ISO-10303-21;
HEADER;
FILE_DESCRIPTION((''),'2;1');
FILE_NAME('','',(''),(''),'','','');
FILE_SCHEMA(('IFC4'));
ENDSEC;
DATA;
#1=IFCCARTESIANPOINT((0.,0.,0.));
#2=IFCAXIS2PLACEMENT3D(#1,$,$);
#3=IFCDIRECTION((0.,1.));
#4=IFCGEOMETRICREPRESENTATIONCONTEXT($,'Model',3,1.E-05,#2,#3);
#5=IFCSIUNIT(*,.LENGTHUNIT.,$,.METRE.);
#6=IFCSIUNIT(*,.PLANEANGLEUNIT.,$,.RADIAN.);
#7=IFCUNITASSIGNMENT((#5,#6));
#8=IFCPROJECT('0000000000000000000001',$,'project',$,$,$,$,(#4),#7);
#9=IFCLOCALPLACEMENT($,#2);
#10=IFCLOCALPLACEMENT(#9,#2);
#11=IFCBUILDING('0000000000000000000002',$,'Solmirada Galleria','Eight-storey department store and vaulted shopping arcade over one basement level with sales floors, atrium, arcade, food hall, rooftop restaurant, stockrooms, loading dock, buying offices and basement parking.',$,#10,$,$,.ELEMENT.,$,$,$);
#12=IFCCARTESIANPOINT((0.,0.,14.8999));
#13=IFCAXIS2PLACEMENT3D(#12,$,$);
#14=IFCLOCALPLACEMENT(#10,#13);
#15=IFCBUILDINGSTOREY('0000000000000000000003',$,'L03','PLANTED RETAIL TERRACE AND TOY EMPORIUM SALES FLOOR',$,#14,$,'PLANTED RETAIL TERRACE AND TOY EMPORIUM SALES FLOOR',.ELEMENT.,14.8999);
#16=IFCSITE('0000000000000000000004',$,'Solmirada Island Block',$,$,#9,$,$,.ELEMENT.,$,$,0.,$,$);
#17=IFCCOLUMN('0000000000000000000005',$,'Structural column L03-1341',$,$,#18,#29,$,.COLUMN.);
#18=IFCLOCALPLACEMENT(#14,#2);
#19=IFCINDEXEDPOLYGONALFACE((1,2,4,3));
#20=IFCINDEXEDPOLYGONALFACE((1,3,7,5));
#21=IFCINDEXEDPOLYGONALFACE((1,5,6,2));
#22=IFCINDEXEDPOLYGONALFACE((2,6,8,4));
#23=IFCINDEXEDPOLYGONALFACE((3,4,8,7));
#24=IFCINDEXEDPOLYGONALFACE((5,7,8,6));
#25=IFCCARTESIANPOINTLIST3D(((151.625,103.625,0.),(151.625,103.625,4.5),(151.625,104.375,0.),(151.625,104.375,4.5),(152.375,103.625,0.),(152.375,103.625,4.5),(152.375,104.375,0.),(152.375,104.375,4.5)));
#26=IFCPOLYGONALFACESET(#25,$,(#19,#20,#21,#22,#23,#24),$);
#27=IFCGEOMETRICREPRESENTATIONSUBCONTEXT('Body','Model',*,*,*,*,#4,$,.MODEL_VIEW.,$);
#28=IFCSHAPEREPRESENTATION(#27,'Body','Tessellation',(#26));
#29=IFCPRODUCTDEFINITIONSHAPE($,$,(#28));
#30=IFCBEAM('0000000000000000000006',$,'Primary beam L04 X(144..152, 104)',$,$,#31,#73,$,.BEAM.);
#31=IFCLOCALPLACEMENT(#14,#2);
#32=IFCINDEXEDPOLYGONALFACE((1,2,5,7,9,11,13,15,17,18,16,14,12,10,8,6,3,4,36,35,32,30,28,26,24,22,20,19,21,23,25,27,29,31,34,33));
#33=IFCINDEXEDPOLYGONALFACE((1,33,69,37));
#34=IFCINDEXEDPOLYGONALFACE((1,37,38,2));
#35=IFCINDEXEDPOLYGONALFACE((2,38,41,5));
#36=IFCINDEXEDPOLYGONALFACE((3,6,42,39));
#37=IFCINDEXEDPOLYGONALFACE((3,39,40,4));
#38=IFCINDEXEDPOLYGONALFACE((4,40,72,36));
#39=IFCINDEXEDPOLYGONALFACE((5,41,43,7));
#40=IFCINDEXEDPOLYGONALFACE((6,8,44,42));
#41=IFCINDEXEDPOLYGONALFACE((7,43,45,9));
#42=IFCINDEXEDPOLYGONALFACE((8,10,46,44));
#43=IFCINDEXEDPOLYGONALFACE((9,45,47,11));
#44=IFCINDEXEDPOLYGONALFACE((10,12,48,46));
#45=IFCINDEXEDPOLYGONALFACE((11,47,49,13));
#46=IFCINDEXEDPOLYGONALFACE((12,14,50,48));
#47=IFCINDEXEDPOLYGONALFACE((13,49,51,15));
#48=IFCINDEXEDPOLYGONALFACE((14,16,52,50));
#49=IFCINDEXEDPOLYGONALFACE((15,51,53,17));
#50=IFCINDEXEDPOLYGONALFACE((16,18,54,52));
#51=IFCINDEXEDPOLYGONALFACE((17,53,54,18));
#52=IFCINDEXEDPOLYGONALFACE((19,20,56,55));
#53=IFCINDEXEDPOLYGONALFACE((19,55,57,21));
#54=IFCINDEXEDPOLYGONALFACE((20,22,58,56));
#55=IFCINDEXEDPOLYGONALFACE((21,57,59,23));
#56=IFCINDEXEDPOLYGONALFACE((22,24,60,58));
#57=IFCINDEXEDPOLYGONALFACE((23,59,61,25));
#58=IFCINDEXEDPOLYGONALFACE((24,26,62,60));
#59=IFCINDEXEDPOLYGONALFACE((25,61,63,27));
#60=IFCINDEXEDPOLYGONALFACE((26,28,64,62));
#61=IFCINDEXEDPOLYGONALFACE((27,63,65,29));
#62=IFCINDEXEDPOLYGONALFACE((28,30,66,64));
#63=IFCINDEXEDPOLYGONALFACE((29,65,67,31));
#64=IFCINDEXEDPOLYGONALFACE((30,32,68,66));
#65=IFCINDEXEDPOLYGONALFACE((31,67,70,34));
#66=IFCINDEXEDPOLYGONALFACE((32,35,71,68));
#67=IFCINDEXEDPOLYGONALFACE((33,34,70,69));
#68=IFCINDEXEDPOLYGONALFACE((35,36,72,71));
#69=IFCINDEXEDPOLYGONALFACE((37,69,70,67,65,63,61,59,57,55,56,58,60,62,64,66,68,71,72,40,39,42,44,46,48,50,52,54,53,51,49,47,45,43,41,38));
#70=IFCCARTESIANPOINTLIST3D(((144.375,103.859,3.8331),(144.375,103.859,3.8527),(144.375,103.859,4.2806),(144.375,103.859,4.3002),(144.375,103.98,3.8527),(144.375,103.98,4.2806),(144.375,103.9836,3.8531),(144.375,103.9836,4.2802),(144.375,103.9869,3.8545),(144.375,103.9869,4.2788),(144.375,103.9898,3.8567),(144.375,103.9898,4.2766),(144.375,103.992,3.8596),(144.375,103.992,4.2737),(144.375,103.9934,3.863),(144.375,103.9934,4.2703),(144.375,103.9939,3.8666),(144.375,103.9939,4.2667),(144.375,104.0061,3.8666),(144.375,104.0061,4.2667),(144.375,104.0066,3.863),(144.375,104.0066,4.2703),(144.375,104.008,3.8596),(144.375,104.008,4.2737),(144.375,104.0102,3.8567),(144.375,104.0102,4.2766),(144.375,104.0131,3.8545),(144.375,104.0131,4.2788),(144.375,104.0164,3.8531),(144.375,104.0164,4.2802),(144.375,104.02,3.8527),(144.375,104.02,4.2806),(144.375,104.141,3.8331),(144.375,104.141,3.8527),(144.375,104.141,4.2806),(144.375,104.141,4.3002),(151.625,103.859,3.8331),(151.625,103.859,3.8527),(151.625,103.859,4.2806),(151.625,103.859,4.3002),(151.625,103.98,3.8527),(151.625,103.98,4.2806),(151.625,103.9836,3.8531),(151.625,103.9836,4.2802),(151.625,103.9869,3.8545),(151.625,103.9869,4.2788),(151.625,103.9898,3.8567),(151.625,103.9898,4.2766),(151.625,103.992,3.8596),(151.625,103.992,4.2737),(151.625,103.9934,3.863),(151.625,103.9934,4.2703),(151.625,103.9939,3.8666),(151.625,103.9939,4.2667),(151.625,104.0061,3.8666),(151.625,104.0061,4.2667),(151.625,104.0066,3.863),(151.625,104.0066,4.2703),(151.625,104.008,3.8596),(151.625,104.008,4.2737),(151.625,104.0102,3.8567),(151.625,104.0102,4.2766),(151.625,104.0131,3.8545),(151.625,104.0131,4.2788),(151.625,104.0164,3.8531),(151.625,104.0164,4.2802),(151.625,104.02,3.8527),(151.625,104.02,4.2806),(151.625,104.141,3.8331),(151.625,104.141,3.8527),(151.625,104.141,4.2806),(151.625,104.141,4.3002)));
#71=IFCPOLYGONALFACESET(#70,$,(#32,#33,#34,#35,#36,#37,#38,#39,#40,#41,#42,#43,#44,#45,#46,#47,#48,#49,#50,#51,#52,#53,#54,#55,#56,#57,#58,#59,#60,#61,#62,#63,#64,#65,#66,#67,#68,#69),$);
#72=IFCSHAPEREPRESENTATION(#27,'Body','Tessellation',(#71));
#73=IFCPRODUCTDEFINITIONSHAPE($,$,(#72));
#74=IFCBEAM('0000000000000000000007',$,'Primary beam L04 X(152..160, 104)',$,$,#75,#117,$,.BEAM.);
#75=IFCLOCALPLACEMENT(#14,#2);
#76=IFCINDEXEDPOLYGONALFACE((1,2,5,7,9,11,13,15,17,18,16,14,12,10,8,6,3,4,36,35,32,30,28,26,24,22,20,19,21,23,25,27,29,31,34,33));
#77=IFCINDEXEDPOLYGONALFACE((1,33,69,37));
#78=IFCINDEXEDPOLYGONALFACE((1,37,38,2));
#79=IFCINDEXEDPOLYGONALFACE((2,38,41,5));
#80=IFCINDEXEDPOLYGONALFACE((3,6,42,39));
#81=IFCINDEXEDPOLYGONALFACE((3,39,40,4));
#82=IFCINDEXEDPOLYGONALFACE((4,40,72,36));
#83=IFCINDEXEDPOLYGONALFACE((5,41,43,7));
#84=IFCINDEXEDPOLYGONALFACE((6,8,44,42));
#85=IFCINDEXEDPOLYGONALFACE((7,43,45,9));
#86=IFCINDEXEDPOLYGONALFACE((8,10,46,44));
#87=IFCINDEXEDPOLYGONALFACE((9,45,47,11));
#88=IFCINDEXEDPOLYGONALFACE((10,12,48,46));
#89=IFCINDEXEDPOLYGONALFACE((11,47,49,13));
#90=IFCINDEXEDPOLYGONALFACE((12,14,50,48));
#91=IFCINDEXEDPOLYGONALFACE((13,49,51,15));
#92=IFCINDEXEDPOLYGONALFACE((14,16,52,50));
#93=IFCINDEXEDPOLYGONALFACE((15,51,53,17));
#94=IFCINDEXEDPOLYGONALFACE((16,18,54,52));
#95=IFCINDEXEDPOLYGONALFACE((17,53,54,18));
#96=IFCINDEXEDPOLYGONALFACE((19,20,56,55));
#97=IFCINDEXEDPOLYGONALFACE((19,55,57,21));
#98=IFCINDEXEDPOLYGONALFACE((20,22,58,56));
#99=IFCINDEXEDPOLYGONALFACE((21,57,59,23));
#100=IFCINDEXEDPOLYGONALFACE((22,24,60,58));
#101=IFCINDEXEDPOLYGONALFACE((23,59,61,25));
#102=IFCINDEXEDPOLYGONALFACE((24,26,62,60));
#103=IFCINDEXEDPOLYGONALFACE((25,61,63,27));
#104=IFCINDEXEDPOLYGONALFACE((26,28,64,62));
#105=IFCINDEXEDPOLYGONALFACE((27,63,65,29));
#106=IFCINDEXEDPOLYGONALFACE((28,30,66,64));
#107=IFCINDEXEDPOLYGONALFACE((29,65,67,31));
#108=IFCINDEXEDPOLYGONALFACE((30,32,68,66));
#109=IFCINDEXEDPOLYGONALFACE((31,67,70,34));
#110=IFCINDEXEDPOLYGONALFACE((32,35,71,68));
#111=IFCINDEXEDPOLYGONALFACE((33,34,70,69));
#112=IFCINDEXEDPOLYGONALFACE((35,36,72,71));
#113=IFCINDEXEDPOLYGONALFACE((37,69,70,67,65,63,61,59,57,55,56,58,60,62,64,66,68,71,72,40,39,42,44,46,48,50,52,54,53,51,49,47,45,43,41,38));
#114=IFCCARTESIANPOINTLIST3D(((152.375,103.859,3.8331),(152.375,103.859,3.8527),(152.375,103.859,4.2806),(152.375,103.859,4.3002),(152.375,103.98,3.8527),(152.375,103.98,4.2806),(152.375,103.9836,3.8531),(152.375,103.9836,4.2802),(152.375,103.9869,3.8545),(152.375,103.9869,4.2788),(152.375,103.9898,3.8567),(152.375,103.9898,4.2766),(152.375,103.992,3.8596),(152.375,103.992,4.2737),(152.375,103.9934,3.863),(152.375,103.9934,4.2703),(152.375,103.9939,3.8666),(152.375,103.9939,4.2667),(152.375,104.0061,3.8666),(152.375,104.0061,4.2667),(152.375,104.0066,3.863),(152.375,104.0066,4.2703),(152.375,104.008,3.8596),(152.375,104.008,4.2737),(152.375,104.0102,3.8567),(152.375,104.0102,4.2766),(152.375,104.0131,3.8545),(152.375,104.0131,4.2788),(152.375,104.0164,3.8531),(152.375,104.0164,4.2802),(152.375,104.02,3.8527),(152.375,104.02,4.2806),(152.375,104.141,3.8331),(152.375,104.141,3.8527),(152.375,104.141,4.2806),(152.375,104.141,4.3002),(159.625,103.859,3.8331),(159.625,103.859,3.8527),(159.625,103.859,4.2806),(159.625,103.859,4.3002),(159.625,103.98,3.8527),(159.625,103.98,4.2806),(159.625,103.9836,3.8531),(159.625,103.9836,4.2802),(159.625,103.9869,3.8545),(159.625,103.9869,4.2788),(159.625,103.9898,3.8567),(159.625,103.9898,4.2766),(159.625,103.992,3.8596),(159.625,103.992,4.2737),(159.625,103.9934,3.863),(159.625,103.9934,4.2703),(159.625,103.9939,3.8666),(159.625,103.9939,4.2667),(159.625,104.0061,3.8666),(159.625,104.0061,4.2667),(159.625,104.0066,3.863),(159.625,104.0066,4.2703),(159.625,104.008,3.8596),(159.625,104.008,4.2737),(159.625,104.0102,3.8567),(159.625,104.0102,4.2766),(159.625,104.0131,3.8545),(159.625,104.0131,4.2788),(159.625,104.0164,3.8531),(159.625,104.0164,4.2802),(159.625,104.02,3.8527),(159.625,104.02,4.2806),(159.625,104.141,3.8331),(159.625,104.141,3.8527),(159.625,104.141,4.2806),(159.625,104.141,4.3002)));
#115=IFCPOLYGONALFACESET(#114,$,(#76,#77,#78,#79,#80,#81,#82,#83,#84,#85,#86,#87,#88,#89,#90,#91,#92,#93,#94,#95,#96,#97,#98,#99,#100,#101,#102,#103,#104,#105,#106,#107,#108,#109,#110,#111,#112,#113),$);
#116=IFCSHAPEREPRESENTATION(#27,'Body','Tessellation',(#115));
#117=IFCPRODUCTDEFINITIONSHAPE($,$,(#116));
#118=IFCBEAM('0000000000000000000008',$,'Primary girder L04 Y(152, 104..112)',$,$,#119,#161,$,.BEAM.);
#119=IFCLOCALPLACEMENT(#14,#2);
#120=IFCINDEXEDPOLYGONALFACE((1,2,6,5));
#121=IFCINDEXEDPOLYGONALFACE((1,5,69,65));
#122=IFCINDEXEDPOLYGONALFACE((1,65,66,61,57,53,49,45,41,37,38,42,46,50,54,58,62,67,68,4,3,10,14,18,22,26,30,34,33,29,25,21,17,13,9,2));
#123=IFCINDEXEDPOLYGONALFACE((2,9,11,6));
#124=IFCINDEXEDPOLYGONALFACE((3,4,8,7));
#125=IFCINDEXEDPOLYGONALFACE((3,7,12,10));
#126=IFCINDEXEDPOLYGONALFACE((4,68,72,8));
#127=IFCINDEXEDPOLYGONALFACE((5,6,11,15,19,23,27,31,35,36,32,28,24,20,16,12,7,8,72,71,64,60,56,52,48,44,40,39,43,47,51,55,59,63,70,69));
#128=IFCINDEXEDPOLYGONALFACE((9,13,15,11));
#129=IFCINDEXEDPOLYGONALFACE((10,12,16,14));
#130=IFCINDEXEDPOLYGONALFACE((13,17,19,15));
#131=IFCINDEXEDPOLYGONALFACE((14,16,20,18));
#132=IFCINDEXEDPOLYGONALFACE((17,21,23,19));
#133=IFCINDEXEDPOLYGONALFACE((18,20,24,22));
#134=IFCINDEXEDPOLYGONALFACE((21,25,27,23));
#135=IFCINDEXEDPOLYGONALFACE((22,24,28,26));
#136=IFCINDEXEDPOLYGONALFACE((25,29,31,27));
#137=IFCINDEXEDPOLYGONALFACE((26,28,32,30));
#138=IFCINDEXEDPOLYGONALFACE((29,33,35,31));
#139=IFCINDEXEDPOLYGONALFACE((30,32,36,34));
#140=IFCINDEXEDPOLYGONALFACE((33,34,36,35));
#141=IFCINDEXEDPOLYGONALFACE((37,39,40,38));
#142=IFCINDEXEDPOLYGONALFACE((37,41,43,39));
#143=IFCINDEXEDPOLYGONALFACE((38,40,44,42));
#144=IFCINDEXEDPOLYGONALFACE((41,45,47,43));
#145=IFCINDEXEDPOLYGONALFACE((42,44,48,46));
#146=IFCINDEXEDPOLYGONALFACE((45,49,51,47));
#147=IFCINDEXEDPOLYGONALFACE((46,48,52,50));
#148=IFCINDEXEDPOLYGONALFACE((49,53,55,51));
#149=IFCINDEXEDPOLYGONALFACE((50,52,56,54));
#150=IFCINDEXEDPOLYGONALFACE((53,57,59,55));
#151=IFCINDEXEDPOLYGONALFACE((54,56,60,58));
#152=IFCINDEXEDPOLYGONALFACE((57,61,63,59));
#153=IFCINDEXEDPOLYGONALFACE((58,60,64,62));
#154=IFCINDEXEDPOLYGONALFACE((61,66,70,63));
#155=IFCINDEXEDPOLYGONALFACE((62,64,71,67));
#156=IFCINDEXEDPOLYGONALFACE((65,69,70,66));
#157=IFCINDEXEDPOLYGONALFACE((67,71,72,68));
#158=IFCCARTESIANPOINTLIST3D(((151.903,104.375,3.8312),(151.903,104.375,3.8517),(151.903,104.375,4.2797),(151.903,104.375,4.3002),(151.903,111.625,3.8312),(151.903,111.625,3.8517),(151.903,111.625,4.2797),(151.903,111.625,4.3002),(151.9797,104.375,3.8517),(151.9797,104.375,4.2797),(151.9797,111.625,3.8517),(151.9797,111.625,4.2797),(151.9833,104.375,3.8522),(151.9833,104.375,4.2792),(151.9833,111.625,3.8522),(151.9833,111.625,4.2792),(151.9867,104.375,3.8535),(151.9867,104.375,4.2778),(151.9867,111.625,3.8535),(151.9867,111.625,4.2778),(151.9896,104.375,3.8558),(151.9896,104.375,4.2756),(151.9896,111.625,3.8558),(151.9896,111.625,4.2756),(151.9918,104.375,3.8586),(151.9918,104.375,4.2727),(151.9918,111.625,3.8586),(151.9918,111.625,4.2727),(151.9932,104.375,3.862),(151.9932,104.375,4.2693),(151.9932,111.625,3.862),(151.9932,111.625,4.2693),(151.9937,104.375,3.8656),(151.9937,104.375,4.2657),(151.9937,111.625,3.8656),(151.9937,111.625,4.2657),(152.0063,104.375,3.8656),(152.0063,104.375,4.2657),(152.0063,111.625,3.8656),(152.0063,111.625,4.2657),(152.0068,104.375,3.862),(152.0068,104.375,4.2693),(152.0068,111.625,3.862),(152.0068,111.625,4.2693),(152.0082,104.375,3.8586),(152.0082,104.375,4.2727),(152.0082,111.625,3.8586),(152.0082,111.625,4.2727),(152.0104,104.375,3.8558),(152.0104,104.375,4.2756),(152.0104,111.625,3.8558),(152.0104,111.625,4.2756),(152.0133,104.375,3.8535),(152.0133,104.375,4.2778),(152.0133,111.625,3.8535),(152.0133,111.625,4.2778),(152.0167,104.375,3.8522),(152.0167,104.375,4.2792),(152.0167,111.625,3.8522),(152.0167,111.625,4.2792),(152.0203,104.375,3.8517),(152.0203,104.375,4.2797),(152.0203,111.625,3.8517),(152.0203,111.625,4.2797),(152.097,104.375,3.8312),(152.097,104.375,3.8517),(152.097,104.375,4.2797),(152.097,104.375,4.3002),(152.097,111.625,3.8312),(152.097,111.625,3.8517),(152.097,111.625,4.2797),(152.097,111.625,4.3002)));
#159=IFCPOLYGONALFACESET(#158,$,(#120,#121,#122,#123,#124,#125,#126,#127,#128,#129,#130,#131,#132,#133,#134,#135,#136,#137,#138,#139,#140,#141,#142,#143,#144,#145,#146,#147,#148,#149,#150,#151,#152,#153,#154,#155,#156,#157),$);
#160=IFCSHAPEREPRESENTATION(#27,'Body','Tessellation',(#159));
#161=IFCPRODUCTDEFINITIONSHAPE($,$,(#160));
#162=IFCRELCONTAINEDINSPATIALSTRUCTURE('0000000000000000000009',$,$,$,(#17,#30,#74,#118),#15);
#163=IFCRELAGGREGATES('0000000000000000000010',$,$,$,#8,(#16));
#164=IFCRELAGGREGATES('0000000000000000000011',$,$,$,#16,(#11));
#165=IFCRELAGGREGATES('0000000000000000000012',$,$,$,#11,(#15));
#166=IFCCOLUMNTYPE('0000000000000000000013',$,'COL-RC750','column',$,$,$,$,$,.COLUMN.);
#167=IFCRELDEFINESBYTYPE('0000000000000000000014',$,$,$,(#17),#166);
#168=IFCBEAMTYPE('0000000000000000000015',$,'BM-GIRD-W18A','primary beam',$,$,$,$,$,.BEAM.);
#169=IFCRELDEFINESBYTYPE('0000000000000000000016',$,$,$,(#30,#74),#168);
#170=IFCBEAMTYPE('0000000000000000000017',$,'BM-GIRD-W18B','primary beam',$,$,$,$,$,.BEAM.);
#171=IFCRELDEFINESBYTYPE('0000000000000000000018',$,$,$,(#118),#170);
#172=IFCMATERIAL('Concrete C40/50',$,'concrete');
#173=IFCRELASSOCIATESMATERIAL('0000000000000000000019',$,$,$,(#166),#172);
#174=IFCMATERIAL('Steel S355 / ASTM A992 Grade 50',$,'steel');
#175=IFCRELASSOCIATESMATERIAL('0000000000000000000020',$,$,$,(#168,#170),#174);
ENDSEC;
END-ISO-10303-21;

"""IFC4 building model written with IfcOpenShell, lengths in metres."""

from ifc_helpers import new_model, si_unit, direction, frame, origin, origin_2d, place, context, subcontext, project, spatial, rectangle, i_section, extrude, material, material_profile, profile_set, type_object, element, save


model = new_model("IFC4")

# Units and contexts
model_context = context("Model", 3, precision=1e-05, world=origin(), true_north=direction((0.0, 1.0)))
body_context = subcontext(model_context, "Body", "Model", "MODEL_VIEW")
ifc_project = project(units=[si_unit("LENGTHUNIT", "METRE"), si_unit("PLANEANGLEUNIT", "RADIAN")], contexts=[model_context])

# Site, building, storey
site_placement = place(None, origin())
site = spatial("IfcSite", under=ifc_project, at=site_placement, Name="Solmirada Island Block", CompositionType="ELEMENT", RefElevation=0.0)
building_placement = place(site_placement, origin())
building = spatial("IfcBuilding", under=site, at=building_placement, Name="Solmirada Galleria", Description="Eight-storey department store and vaulted shopping arcade over one basement level with sales floors, atrium, arcade, food hall, rooftop restaurant, stockrooms, loading dock, buying offices and basement parking.", CompositionType="ELEMENT")
storey_placement = place(building_placement, frame((0.0, 0.0, 14.8999)))
storey = spatial("IfcBuildingStorey", under=building, at=storey_placement, Name="L03", Description="PLANTED RETAIL TERRACE AND TOY EMPORIUM SALES FLOOR", LongName="PLANTED RETAIL TERRACE AND TOY EMPORIUM SALES FLOOR", CompositionType="ELEMENT", Elevation=14.8999)

# Column
ifc_material_1 = material(Name="Concrete C40/50", Category="concrete")
ifc_material_profile_1 = material_profile(ifc_material_1, rectangle(XDim=0.75, YDim=0.75, at=origin_2d()), Name="RC750X750")
ifc_profile_set_1 = profile_set([ifc_material_profile_1], Name="Concrete C40/50")
column_type = type_object("IfcColumnType", Name="COL-RC750", Description="column", PredefinedType="COLUMN", material=ifc_profile_set_1)
column_placement = place(storey_placement, frame((152.0, 104.0, 0.0), z_axis=(0.0, 0.0, 1.0), x_axis=(1.0, 0.0, 0.0)))
element("IfcColumn", 1, at=column_placement, inside=storey, type_object=column_type, Name="Structural column L03-1341", PredefinedType="COLUMN", context=body_context, shape_type="SweptSolid", body=[
    extrude(rectangle(XDim=0.75, YDim=0.75, at=origin_2d()), origin(), (0.0, 0.0, 1.0), 4.5),
])

# Beams
ifc_material_2 = material(Name="Steel S355 / ASTM A992 Grade 50", Category="steel")
ifc_material_profile_2 = material_profile(ifc_material_2, i_section(OverallWidth=0.282, OverallDepth=0.467, WebThickness=0.0122, FlangeThickness=0.0195, FilletRadius=0.0139, at=origin_2d()), Name="W18X86")
ifc_profile_set_2 = profile_set([ifc_material_profile_2], Name="Steel S355 / ASTM A992 Grade 50")
beam_type_1 = type_object("IfcBeamType", Name="BM-GIRD-W18A", Description="primary beam", PredefinedType="BEAM", material=ifc_profile_set_2)
for number, where, z_axis, x_axis, name in (
    (2, (144.375, 104.0, 4.0667), (1.0, 0.0, 0.0), (0.0, 1.0, 0.0), "Primary beam L04 X(144..152, 104)"),
    (3, (152.375, 104.0, 4.0667), (1.0, 0.0, 0.0), (0.0, 1.0, 0.0), "Primary beam L04 X(152..160, 104)"),
):
    element("IfcBeam", number, at=place(storey_placement, frame(where, z_axis=z_axis, x_axis=x_axis)), inside=storey, type_object=beam_type_1, Name=name, PredefinedType="BEAM", context=body_context, shape_type="SweptSolid", body=[
        extrude(i_section(OverallWidth=0.282, OverallDepth=0.467, WebThickness=0.0122, FlangeThickness=0.0195, FilletRadius=0.0139, at=origin_2d()), origin(), (0.0, 0.0, 1.0), 7.25),
    ])
ifc_material_profile_3 = material_profile(ifc_material_2, i_section(OverallWidth=0.1941, OverallDepth=0.469, WebThickness=0.0127, FlangeThickness=0.0205, FilletRadius=0.0139, at=origin_2d()), Name="W18X71")
ifc_profile_set_3 = profile_set([ifc_material_profile_3], Name="Steel S355 / ASTM A992 Grade 50")
beam_type_2 = type_object("IfcBeamType", Name="BM-GIRD-W18B", Description="primary beam", PredefinedType="BEAM", material=ifc_profile_set_3)
beam_placement = place(storey_placement, frame((152.0, 104.375, 4.0657), z_axis=(0.0, 1.0, 0.0), x_axis=(-1.0, 0.0, 0.0)))
element("IfcBeam", 4, at=beam_placement, inside=storey, type_object=beam_type_2, Name="Primary girder L04 Y(152, 104..112)", PredefinedType="BEAM", context=body_context, shape_type="SweptSolid", body=[
    extrude(i_section(OverallWidth=0.1941, OverallDepth=0.469, WebThickness=0.0127, FlangeThickness=0.0205, FilletRadius=0.0139, at=origin_2d()), origin(), (0.0, 0.0, 1.0), 7.25),
])

save(model, "model.ifc")
